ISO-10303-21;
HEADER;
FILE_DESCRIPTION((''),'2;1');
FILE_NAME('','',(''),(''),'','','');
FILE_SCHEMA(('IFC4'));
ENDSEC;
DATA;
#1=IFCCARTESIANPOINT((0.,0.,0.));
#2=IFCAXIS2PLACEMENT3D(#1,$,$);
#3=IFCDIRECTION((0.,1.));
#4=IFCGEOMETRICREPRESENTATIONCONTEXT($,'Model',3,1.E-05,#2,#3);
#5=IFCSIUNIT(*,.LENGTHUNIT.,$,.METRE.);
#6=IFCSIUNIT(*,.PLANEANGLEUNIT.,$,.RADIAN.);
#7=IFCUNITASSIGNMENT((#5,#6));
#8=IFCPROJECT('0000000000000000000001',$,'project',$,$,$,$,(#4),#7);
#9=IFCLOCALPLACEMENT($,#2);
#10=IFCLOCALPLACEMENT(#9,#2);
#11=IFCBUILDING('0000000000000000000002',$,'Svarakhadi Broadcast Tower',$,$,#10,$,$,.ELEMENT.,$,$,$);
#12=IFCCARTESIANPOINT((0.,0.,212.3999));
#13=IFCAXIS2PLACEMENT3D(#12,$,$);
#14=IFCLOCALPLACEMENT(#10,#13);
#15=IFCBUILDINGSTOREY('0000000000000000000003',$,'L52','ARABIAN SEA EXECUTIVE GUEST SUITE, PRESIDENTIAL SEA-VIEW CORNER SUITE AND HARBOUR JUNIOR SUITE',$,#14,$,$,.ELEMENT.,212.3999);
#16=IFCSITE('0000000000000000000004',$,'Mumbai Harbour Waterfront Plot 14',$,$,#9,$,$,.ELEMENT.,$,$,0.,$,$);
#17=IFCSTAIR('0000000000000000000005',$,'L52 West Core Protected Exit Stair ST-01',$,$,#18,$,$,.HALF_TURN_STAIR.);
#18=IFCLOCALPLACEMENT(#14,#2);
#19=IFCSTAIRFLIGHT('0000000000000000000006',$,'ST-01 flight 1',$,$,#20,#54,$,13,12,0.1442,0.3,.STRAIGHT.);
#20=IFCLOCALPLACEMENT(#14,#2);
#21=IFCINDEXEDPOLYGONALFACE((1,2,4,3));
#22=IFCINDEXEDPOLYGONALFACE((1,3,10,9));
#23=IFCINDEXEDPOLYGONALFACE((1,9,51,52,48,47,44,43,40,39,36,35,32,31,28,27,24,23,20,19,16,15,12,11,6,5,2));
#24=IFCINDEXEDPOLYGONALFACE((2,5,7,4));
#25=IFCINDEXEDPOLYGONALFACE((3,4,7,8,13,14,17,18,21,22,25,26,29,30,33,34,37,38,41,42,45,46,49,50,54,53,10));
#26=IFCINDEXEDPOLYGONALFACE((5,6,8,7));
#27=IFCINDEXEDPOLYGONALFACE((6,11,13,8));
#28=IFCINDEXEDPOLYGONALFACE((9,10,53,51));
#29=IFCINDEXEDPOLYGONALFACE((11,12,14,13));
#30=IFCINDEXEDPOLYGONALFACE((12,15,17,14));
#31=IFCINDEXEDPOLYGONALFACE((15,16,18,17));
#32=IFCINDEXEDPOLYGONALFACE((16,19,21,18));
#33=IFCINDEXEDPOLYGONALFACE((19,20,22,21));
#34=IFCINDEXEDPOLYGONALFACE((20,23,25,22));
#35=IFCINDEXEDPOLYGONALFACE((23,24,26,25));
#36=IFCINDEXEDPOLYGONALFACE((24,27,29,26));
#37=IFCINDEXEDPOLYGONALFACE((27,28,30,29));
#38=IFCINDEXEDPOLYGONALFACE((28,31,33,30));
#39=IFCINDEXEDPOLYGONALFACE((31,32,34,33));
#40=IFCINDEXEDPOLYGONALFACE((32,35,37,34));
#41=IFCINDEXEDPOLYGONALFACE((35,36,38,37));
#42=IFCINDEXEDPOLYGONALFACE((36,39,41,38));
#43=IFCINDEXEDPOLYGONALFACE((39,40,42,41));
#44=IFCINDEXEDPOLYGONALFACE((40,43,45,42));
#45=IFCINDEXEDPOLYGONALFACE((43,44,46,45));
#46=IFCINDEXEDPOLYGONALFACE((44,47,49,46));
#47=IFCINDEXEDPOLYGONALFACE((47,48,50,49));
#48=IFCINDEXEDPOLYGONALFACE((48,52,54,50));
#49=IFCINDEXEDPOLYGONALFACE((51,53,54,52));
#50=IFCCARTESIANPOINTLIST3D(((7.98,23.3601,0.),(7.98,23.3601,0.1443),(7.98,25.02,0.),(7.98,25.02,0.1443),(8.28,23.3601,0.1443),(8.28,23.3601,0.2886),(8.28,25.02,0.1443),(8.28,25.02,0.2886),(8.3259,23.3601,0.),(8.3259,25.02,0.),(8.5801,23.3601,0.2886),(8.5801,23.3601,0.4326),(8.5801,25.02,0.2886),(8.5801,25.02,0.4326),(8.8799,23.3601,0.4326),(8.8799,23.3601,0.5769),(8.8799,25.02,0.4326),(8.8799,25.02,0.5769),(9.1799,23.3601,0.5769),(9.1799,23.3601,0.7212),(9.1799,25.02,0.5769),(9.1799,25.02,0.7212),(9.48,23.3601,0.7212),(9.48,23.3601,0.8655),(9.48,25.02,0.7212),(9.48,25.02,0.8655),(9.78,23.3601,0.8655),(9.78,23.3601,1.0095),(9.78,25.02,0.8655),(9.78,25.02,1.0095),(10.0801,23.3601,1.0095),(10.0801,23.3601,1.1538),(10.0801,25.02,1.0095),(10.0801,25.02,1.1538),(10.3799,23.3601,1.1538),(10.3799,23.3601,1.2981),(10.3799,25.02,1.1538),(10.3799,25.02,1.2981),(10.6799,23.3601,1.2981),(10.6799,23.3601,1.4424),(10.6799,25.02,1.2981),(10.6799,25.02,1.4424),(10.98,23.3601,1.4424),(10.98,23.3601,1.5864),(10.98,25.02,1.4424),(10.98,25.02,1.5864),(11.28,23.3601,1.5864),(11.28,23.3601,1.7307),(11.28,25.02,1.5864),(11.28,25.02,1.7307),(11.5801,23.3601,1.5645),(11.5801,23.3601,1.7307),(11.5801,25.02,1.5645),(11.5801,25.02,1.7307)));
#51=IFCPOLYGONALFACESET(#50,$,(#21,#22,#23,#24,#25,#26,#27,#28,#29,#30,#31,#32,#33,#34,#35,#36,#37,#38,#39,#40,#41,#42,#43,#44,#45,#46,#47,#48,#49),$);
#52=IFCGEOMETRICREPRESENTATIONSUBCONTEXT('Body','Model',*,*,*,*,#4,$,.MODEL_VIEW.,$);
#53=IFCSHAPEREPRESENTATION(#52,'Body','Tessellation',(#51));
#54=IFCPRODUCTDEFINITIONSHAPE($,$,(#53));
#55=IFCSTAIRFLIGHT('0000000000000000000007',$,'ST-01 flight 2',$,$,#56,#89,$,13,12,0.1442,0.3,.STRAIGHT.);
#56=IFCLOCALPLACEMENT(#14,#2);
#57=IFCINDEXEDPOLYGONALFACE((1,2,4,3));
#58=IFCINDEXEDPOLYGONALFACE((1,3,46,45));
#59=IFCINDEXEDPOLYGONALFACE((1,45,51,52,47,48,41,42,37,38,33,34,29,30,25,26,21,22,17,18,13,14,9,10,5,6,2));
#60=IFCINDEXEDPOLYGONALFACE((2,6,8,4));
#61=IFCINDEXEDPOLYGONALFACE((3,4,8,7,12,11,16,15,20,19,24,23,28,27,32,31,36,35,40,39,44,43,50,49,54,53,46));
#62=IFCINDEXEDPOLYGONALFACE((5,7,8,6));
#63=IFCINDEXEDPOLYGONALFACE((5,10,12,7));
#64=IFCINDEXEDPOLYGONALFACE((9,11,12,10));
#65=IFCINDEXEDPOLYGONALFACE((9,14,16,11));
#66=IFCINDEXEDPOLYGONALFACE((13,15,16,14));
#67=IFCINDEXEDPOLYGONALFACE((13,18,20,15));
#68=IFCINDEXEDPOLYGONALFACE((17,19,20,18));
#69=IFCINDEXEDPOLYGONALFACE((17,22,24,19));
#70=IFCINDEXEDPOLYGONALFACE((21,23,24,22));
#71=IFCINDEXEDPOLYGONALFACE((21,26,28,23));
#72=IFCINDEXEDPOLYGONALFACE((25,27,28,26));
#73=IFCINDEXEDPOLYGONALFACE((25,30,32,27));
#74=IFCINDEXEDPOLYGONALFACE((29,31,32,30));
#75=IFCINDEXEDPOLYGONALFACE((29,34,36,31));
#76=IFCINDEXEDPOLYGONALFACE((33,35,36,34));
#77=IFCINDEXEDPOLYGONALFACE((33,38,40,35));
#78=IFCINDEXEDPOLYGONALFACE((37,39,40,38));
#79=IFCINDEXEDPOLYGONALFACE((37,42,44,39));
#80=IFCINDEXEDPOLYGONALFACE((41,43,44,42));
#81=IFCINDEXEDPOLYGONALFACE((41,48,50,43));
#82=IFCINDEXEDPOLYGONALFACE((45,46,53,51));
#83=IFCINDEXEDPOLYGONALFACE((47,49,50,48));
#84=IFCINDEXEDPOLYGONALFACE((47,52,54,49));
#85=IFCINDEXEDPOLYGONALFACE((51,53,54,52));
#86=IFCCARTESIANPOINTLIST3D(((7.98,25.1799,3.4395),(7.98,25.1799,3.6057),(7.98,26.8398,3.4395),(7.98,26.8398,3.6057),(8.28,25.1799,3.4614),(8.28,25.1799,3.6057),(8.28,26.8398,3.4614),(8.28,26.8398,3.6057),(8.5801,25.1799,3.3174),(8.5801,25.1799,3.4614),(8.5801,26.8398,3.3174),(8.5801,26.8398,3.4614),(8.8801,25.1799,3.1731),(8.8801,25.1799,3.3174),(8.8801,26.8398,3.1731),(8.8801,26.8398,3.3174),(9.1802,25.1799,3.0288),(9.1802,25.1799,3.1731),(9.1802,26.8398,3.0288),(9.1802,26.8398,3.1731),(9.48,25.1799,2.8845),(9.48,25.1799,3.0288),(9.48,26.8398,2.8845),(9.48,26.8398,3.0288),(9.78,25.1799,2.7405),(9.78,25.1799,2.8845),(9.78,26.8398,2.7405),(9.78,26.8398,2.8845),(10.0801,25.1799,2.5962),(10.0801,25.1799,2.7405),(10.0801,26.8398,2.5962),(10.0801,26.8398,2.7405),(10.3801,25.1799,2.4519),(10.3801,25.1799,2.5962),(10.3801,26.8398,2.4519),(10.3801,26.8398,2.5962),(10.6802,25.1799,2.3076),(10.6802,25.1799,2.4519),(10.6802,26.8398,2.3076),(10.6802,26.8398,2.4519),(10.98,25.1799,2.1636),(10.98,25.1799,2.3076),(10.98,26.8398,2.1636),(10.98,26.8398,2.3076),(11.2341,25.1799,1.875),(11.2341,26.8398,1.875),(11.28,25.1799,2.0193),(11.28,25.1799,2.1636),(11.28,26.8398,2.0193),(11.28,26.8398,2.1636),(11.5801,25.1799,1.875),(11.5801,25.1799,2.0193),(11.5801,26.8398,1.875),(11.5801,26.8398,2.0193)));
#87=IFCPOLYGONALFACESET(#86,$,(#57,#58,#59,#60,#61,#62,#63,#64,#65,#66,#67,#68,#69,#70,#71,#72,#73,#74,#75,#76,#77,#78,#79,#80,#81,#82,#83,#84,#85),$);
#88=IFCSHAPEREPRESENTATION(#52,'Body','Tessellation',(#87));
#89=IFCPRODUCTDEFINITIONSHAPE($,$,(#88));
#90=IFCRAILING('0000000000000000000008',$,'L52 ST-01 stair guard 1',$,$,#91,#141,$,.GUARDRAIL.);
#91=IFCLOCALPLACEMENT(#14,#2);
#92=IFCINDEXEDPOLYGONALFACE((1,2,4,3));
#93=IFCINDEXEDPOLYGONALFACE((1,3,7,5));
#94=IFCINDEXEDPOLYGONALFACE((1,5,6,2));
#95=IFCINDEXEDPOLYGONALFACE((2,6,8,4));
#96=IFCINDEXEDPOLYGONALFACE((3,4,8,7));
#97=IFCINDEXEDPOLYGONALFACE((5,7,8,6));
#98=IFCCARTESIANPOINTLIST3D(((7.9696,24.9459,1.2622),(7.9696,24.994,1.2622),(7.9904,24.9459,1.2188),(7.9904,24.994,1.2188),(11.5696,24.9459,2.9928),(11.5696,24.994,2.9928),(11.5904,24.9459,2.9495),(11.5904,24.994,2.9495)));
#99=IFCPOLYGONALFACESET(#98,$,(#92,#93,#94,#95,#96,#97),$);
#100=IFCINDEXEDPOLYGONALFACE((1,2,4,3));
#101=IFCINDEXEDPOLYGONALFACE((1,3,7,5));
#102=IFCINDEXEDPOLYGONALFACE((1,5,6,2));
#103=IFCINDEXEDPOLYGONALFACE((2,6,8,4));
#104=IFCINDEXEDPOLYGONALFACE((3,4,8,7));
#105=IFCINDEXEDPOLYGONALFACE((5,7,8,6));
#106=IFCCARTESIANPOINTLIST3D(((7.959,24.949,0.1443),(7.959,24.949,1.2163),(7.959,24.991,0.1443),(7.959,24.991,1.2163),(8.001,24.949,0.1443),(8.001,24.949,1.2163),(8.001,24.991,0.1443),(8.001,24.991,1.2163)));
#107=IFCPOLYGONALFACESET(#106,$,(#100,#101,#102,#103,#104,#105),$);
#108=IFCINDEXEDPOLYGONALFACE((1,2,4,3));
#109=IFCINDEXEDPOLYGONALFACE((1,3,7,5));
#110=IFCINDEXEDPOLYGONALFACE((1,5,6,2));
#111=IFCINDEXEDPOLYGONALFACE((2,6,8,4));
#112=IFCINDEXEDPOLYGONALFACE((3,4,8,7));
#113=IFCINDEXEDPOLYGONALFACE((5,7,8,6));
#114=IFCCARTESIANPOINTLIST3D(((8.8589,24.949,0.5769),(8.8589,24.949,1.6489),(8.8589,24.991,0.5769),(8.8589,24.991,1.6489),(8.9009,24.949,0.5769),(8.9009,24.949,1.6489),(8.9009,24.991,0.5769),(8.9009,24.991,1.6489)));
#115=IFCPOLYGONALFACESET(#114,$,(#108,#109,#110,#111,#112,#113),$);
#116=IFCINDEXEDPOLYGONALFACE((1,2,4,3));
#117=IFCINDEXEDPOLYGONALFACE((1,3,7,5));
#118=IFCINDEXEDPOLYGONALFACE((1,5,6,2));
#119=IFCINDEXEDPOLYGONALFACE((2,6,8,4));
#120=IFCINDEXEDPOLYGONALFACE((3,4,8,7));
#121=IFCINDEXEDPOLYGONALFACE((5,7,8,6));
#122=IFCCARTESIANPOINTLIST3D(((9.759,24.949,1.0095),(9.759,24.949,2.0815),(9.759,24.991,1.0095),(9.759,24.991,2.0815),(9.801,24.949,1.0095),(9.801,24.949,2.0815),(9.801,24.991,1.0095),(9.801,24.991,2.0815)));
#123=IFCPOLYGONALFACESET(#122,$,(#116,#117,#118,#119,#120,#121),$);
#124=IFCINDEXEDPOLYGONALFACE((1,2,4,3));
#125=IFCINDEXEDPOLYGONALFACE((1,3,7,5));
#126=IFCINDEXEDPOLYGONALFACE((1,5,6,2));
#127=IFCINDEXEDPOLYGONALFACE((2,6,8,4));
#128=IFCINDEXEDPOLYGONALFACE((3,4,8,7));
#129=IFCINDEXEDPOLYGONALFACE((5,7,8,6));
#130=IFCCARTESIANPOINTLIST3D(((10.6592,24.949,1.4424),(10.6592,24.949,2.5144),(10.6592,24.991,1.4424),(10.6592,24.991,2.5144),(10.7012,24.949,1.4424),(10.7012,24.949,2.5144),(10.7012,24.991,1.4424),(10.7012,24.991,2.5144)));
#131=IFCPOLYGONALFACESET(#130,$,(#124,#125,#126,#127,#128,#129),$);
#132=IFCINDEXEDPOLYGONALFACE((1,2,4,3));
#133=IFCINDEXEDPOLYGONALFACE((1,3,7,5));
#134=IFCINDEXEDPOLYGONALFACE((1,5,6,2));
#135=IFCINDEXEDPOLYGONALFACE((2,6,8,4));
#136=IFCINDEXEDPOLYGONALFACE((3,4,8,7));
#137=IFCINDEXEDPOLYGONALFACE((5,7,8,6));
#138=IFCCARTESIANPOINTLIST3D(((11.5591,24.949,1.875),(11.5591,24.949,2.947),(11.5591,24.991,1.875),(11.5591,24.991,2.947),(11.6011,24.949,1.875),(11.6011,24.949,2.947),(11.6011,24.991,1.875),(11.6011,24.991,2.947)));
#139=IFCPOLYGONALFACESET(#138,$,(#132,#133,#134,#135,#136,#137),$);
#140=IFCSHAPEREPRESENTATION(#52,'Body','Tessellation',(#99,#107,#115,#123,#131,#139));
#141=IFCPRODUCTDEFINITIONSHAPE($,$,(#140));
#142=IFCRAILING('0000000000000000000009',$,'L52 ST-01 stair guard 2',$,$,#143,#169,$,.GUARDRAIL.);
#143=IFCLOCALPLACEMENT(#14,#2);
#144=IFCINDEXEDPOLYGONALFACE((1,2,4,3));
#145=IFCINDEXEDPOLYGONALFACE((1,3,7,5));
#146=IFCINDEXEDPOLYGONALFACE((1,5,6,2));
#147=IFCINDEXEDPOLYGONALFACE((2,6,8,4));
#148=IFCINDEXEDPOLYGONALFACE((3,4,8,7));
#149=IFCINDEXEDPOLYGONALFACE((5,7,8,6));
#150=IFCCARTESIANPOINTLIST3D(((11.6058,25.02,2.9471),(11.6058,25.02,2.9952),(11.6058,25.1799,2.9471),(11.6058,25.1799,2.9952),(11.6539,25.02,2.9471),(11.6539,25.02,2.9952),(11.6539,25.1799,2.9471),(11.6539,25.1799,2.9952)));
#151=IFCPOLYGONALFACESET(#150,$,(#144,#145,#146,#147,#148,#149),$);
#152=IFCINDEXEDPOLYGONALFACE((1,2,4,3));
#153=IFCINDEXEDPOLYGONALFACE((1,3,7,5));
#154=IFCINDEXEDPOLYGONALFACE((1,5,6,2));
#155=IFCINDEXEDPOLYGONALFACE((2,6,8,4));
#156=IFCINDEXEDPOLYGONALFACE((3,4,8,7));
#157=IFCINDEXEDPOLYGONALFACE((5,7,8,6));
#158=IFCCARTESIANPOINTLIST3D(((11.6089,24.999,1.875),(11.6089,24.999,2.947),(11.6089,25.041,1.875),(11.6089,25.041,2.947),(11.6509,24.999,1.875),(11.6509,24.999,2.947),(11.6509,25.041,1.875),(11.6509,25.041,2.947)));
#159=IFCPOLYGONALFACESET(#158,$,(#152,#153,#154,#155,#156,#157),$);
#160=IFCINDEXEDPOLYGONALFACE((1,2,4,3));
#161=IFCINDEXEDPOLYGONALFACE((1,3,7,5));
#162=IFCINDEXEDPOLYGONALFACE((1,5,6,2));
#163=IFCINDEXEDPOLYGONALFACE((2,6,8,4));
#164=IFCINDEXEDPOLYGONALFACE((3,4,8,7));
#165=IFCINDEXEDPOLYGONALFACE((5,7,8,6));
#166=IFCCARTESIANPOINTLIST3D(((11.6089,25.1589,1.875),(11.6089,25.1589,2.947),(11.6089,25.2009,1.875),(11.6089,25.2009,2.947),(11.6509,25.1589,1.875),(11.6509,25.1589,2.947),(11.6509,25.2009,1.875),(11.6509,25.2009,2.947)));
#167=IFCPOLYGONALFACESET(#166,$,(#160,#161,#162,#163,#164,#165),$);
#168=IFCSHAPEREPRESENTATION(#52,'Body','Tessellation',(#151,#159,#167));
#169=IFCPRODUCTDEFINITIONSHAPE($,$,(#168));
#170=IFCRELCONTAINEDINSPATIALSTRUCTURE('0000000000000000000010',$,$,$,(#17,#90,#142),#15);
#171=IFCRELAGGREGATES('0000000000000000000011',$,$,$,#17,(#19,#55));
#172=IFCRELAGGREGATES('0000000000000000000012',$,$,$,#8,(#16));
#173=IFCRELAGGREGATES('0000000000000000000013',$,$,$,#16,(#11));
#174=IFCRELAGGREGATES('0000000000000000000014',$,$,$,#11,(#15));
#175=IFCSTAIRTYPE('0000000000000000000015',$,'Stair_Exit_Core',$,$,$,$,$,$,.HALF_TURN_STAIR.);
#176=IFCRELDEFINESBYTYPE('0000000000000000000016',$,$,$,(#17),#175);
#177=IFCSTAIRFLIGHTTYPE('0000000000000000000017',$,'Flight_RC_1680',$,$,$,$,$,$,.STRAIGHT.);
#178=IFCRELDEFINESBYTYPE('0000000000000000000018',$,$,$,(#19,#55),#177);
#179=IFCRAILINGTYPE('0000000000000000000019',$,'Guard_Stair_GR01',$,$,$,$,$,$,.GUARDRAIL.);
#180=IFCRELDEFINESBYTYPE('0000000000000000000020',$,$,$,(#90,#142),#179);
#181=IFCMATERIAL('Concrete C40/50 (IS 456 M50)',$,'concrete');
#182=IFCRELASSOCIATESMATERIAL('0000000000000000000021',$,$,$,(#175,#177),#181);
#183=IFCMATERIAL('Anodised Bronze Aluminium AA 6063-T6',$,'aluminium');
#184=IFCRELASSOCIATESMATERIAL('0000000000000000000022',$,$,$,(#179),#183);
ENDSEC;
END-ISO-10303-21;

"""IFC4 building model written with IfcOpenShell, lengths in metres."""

from ifc_helpers import new_model, si_unit, direction, frame, origin, origin_2d, place, context, subcontext, project, spatial, polyline, rectangle, outline, extrude, material, type_object, element, aggregate, save


model = new_model("IFC4")

# Units and contexts
model_context = context("Model", 3, precision=1e-05, world=origin(), true_north=direction((0.0, 1.0)))
body_context = subcontext(model_context, "Body", "Model", "MODEL_VIEW")
ifc_project = project(units=[si_unit("LENGTHUNIT", "METRE"), si_unit("PLANEANGLEUNIT", "RADIAN")], contexts=[model_context])

# Site, building, storey
site_placement = place(None, origin())
site = spatial("IfcSite", under=ifc_project, at=site_placement, Name="Mumbai Harbour Waterfront Plot 14", CompositionType="ELEMENT", RefElevation=0.0)
building_placement = place(site_placement, origin())
building = spatial("IfcBuilding", under=site, at=building_placement, Name="Svarakhadi Broadcast Tower", CompositionType="ELEMENT")
storey_placement = place(building_placement, frame((0.0, 0.0, 212.3999)))
storey = spatial("IfcBuildingStorey", under=building, at=storey_placement, Name="L52", Description="ARABIAN SEA EXECUTIVE GUEST SUITE, PRESIDENTIAL SEA-VIEW CORNER SUITE AND HARBOUR JUNIOR SUITE", CompositionType="ELEMENT", Elevation=212.3999)

# Shared definitions
ifc_material_1 = material(Name="Concrete C40/50 (IS 456 M50)", Category="concrete")

# Stair, stair flights
stair_type = type_object("IfcStairType", Name="Stair_Exit_Core", PredefinedType="HALF_TURN_STAIR", material=ifc_material_1)
stair_placement = place(storey_placement, origin())
stair = element("IfcStair", 1, at=stair_placement, inside=storey, type_object=stair_type, Name="L52 West Core Protected Exit Stair ST-01", PredefinedType="HALF_TURN_STAIR")
stair_flight_type = type_object("IfcStairFlightType", Name="Flight_RC_1680", PredefinedType="STRAIGHT", material=ifc_material_1)
stair_flight_1_placement = place(storey_placement, frame((7.98, 24.1899, 0.0), z_axis=(0.0, 0.0, 1.0), x_axis=(1.0, 0.0, 0.0)))
stair_flight_1 = element("IfcStairFlight", 2, at=stair_flight_1_placement, type_object=stair_flight_type, Name="ST-01 flight 1", NumberOfRisers=13, NumberOfTreads=12, PredefinedType="STRAIGHT", RiserHeight=0.1442, TreadLength=0.3, context=body_context, shape_type="SweptSolid", body=[
    extrude(outline(polyline([(0.0, 0.0), (0.0, 0.1443), (0.3, 0.1443), (0.3, 0.2886), (0.6001, 0.2886), (0.6001, 0.4326), (0.8999, 0.4326), (0.8999, 0.5769), (1.2, 0.5769), (1.2, 0.7212), (1.5, 0.7212), (1.5, 0.8655), (1.8, 0.8655), (1.8, 1.0095), (2.1001, 1.0095), (2.1001, 1.1538), (2.3999, 1.1538), (2.3999, 1.2981), (2.7, 1.2981), (2.7, 1.4424), (3.0, 1.4424), (3.0, 1.5864), (3.3, 1.5864), (3.3, 1.7307), (3.6001, 1.7307), (3.6001, 1.875), (3.6001, 1.5645), (0.3459, 0.0), (0.0, 0.0)])), frame((0.0, 0.8301, 0.0), z_axis=(0.0, -1.0, 0.0), x_axis=(1.0, 0.0, 0.0)), (0.0, 0.0, 1.0), 1.6599),
])
stair_flight_2_placement = place(storey_placement, frame((11.5801, 26.01, 1.875), z_axis=(0.0, 0.0, 1.0), x_axis=(-1.0, 0.0, 0.0)))
stair_flight_2 = element("IfcStairFlight", 3, at=stair_flight_2_placement, type_object=stair_flight_type, Name="ST-01 flight 2", NumberOfRisers=13, NumberOfTreads=12, PredefinedType="STRAIGHT", RiserHeight=0.1442, TreadLength=0.3, context=body_context, shape_type="SweptSolid", body=[
    extrude(outline(polyline([(0.0, 0.0), (0.0, 0.1443), (0.3, 0.1443), (0.3, 0.2886), (0.6001, 0.2886), (0.6001, 0.4326), (0.8999, 0.4326), (0.8999, 0.5769), (1.2, 0.5769), (1.2, 0.7212), (1.5, 0.7212), (1.5, 0.8655), (1.8, 0.8655), (1.8, 1.0095), (2.1001, 1.0095), (2.1001, 1.1538), (2.3999, 1.1538), (2.3999, 1.2981), (2.7, 1.2981), (2.7, 1.4424), (3.0, 1.4424), (3.0, 1.5864), (3.3, 1.5864), (3.3, 1.7307), (3.6001, 1.7307), (3.6001, 1.875), (3.6001, 1.5645), (0.3459, 0.0), (0.0, 0.0)])), frame((0.0, 0.8301, 0.0), z_axis=(0.0, -1.0, 0.0), x_axis=(1.0, 0.0, 0.0)), (0.0, 0.0, 1.0), 1.6599),
])
aggregate(stair, [stair_flight_1, stair_flight_2])

# Railings
ifc_material_2 = material(Name="Anodised Bronze Aluminium AA 6063-T6", Category="aluminium")
railing_type_1 = type_object("IfcRailingType", Name="Guard_Stair_GR01", PredefinedType="GUARDRAIL", material=ifc_material_2)
railing_1_placement = place(storey_placement, frame((7.98, 24.97, 0.1443)))
element("IfcRailing", 4, at=railing_1_placement, inside=storey, type_object=railing_type_1, Name="L52 ST-01 stair guard 1", PredefinedType="GUARDRAIL", context=body_context, shape_type="SweptSolid", body=[
    extrude(rectangle(XDim=0.0481, YDim=0.0481, at=origin_2d()), frame((0.0, 0.0, 1.0962), z_axis=(0.901263, 0.0, 0.433273), x_axis=(0.0, 1.0, 0.0)), (0.0, 0.0, 1.0), 3.9944),
    extrude(rectangle(XDim=0.042, YDim=0.042, at=origin_2d()), origin(), (0.0, 0.0, 1.0), 1.072),
    extrude(rectangle(XDim=0.042, YDim=0.042, at=origin_2d()), frame((0.8999, 0.0, 0.4326)), (0.0, 0.0, 1.0), 1.072),
    extrude(rectangle(XDim=0.042, YDim=0.042, at=origin_2d()), frame((1.8, 0.0, 0.8652)), (0.0, 0.0, 1.0), 1.072),
    extrude(rectangle(XDim=0.042, YDim=0.042, at=origin_2d()), frame((2.7002, 0.0, 1.2981)), (0.0, 0.0, 1.0), 1.072),
    extrude(rectangle(XDim=0.042, YDim=0.042, at=origin_2d()), frame((3.6001, 0.0, 1.7307)), (0.0, 0.0, 1.0), 1.072),
])
railing_2_placement = place(storey_placement, frame((11.6299, 25.02, 1.875)))
element("IfcRailing", 5, at=railing_2_placement, inside=storey, type_object=railing_type_1, Name="L52 ST-01 stair guard 2", PredefinedType="GUARDRAIL", context=body_context, shape_type="SweptSolid", body=[
    extrude(rectangle(XDim=0.0481, YDim=0.0481, at=origin_2d()), frame((0.0, 0.0, 1.0962), z_axis=(0.0, 1.0, 0.0), x_axis=(-1.0, 0.0, 0.0)), (0.0, 0.0, 1.0), 0.1599),
    extrude(rectangle(XDim=0.042, YDim=0.042, at=origin_2d()), origin(), (0.0, 0.0, 1.0), 1.072),
    extrude(rectangle(XDim=0.042, YDim=0.042, at=origin_2d()), frame((0.0, 0.1599, 0.0)), (0.0, 0.0, 1.0), 1.072),
])

save(model, "model.ifc")
